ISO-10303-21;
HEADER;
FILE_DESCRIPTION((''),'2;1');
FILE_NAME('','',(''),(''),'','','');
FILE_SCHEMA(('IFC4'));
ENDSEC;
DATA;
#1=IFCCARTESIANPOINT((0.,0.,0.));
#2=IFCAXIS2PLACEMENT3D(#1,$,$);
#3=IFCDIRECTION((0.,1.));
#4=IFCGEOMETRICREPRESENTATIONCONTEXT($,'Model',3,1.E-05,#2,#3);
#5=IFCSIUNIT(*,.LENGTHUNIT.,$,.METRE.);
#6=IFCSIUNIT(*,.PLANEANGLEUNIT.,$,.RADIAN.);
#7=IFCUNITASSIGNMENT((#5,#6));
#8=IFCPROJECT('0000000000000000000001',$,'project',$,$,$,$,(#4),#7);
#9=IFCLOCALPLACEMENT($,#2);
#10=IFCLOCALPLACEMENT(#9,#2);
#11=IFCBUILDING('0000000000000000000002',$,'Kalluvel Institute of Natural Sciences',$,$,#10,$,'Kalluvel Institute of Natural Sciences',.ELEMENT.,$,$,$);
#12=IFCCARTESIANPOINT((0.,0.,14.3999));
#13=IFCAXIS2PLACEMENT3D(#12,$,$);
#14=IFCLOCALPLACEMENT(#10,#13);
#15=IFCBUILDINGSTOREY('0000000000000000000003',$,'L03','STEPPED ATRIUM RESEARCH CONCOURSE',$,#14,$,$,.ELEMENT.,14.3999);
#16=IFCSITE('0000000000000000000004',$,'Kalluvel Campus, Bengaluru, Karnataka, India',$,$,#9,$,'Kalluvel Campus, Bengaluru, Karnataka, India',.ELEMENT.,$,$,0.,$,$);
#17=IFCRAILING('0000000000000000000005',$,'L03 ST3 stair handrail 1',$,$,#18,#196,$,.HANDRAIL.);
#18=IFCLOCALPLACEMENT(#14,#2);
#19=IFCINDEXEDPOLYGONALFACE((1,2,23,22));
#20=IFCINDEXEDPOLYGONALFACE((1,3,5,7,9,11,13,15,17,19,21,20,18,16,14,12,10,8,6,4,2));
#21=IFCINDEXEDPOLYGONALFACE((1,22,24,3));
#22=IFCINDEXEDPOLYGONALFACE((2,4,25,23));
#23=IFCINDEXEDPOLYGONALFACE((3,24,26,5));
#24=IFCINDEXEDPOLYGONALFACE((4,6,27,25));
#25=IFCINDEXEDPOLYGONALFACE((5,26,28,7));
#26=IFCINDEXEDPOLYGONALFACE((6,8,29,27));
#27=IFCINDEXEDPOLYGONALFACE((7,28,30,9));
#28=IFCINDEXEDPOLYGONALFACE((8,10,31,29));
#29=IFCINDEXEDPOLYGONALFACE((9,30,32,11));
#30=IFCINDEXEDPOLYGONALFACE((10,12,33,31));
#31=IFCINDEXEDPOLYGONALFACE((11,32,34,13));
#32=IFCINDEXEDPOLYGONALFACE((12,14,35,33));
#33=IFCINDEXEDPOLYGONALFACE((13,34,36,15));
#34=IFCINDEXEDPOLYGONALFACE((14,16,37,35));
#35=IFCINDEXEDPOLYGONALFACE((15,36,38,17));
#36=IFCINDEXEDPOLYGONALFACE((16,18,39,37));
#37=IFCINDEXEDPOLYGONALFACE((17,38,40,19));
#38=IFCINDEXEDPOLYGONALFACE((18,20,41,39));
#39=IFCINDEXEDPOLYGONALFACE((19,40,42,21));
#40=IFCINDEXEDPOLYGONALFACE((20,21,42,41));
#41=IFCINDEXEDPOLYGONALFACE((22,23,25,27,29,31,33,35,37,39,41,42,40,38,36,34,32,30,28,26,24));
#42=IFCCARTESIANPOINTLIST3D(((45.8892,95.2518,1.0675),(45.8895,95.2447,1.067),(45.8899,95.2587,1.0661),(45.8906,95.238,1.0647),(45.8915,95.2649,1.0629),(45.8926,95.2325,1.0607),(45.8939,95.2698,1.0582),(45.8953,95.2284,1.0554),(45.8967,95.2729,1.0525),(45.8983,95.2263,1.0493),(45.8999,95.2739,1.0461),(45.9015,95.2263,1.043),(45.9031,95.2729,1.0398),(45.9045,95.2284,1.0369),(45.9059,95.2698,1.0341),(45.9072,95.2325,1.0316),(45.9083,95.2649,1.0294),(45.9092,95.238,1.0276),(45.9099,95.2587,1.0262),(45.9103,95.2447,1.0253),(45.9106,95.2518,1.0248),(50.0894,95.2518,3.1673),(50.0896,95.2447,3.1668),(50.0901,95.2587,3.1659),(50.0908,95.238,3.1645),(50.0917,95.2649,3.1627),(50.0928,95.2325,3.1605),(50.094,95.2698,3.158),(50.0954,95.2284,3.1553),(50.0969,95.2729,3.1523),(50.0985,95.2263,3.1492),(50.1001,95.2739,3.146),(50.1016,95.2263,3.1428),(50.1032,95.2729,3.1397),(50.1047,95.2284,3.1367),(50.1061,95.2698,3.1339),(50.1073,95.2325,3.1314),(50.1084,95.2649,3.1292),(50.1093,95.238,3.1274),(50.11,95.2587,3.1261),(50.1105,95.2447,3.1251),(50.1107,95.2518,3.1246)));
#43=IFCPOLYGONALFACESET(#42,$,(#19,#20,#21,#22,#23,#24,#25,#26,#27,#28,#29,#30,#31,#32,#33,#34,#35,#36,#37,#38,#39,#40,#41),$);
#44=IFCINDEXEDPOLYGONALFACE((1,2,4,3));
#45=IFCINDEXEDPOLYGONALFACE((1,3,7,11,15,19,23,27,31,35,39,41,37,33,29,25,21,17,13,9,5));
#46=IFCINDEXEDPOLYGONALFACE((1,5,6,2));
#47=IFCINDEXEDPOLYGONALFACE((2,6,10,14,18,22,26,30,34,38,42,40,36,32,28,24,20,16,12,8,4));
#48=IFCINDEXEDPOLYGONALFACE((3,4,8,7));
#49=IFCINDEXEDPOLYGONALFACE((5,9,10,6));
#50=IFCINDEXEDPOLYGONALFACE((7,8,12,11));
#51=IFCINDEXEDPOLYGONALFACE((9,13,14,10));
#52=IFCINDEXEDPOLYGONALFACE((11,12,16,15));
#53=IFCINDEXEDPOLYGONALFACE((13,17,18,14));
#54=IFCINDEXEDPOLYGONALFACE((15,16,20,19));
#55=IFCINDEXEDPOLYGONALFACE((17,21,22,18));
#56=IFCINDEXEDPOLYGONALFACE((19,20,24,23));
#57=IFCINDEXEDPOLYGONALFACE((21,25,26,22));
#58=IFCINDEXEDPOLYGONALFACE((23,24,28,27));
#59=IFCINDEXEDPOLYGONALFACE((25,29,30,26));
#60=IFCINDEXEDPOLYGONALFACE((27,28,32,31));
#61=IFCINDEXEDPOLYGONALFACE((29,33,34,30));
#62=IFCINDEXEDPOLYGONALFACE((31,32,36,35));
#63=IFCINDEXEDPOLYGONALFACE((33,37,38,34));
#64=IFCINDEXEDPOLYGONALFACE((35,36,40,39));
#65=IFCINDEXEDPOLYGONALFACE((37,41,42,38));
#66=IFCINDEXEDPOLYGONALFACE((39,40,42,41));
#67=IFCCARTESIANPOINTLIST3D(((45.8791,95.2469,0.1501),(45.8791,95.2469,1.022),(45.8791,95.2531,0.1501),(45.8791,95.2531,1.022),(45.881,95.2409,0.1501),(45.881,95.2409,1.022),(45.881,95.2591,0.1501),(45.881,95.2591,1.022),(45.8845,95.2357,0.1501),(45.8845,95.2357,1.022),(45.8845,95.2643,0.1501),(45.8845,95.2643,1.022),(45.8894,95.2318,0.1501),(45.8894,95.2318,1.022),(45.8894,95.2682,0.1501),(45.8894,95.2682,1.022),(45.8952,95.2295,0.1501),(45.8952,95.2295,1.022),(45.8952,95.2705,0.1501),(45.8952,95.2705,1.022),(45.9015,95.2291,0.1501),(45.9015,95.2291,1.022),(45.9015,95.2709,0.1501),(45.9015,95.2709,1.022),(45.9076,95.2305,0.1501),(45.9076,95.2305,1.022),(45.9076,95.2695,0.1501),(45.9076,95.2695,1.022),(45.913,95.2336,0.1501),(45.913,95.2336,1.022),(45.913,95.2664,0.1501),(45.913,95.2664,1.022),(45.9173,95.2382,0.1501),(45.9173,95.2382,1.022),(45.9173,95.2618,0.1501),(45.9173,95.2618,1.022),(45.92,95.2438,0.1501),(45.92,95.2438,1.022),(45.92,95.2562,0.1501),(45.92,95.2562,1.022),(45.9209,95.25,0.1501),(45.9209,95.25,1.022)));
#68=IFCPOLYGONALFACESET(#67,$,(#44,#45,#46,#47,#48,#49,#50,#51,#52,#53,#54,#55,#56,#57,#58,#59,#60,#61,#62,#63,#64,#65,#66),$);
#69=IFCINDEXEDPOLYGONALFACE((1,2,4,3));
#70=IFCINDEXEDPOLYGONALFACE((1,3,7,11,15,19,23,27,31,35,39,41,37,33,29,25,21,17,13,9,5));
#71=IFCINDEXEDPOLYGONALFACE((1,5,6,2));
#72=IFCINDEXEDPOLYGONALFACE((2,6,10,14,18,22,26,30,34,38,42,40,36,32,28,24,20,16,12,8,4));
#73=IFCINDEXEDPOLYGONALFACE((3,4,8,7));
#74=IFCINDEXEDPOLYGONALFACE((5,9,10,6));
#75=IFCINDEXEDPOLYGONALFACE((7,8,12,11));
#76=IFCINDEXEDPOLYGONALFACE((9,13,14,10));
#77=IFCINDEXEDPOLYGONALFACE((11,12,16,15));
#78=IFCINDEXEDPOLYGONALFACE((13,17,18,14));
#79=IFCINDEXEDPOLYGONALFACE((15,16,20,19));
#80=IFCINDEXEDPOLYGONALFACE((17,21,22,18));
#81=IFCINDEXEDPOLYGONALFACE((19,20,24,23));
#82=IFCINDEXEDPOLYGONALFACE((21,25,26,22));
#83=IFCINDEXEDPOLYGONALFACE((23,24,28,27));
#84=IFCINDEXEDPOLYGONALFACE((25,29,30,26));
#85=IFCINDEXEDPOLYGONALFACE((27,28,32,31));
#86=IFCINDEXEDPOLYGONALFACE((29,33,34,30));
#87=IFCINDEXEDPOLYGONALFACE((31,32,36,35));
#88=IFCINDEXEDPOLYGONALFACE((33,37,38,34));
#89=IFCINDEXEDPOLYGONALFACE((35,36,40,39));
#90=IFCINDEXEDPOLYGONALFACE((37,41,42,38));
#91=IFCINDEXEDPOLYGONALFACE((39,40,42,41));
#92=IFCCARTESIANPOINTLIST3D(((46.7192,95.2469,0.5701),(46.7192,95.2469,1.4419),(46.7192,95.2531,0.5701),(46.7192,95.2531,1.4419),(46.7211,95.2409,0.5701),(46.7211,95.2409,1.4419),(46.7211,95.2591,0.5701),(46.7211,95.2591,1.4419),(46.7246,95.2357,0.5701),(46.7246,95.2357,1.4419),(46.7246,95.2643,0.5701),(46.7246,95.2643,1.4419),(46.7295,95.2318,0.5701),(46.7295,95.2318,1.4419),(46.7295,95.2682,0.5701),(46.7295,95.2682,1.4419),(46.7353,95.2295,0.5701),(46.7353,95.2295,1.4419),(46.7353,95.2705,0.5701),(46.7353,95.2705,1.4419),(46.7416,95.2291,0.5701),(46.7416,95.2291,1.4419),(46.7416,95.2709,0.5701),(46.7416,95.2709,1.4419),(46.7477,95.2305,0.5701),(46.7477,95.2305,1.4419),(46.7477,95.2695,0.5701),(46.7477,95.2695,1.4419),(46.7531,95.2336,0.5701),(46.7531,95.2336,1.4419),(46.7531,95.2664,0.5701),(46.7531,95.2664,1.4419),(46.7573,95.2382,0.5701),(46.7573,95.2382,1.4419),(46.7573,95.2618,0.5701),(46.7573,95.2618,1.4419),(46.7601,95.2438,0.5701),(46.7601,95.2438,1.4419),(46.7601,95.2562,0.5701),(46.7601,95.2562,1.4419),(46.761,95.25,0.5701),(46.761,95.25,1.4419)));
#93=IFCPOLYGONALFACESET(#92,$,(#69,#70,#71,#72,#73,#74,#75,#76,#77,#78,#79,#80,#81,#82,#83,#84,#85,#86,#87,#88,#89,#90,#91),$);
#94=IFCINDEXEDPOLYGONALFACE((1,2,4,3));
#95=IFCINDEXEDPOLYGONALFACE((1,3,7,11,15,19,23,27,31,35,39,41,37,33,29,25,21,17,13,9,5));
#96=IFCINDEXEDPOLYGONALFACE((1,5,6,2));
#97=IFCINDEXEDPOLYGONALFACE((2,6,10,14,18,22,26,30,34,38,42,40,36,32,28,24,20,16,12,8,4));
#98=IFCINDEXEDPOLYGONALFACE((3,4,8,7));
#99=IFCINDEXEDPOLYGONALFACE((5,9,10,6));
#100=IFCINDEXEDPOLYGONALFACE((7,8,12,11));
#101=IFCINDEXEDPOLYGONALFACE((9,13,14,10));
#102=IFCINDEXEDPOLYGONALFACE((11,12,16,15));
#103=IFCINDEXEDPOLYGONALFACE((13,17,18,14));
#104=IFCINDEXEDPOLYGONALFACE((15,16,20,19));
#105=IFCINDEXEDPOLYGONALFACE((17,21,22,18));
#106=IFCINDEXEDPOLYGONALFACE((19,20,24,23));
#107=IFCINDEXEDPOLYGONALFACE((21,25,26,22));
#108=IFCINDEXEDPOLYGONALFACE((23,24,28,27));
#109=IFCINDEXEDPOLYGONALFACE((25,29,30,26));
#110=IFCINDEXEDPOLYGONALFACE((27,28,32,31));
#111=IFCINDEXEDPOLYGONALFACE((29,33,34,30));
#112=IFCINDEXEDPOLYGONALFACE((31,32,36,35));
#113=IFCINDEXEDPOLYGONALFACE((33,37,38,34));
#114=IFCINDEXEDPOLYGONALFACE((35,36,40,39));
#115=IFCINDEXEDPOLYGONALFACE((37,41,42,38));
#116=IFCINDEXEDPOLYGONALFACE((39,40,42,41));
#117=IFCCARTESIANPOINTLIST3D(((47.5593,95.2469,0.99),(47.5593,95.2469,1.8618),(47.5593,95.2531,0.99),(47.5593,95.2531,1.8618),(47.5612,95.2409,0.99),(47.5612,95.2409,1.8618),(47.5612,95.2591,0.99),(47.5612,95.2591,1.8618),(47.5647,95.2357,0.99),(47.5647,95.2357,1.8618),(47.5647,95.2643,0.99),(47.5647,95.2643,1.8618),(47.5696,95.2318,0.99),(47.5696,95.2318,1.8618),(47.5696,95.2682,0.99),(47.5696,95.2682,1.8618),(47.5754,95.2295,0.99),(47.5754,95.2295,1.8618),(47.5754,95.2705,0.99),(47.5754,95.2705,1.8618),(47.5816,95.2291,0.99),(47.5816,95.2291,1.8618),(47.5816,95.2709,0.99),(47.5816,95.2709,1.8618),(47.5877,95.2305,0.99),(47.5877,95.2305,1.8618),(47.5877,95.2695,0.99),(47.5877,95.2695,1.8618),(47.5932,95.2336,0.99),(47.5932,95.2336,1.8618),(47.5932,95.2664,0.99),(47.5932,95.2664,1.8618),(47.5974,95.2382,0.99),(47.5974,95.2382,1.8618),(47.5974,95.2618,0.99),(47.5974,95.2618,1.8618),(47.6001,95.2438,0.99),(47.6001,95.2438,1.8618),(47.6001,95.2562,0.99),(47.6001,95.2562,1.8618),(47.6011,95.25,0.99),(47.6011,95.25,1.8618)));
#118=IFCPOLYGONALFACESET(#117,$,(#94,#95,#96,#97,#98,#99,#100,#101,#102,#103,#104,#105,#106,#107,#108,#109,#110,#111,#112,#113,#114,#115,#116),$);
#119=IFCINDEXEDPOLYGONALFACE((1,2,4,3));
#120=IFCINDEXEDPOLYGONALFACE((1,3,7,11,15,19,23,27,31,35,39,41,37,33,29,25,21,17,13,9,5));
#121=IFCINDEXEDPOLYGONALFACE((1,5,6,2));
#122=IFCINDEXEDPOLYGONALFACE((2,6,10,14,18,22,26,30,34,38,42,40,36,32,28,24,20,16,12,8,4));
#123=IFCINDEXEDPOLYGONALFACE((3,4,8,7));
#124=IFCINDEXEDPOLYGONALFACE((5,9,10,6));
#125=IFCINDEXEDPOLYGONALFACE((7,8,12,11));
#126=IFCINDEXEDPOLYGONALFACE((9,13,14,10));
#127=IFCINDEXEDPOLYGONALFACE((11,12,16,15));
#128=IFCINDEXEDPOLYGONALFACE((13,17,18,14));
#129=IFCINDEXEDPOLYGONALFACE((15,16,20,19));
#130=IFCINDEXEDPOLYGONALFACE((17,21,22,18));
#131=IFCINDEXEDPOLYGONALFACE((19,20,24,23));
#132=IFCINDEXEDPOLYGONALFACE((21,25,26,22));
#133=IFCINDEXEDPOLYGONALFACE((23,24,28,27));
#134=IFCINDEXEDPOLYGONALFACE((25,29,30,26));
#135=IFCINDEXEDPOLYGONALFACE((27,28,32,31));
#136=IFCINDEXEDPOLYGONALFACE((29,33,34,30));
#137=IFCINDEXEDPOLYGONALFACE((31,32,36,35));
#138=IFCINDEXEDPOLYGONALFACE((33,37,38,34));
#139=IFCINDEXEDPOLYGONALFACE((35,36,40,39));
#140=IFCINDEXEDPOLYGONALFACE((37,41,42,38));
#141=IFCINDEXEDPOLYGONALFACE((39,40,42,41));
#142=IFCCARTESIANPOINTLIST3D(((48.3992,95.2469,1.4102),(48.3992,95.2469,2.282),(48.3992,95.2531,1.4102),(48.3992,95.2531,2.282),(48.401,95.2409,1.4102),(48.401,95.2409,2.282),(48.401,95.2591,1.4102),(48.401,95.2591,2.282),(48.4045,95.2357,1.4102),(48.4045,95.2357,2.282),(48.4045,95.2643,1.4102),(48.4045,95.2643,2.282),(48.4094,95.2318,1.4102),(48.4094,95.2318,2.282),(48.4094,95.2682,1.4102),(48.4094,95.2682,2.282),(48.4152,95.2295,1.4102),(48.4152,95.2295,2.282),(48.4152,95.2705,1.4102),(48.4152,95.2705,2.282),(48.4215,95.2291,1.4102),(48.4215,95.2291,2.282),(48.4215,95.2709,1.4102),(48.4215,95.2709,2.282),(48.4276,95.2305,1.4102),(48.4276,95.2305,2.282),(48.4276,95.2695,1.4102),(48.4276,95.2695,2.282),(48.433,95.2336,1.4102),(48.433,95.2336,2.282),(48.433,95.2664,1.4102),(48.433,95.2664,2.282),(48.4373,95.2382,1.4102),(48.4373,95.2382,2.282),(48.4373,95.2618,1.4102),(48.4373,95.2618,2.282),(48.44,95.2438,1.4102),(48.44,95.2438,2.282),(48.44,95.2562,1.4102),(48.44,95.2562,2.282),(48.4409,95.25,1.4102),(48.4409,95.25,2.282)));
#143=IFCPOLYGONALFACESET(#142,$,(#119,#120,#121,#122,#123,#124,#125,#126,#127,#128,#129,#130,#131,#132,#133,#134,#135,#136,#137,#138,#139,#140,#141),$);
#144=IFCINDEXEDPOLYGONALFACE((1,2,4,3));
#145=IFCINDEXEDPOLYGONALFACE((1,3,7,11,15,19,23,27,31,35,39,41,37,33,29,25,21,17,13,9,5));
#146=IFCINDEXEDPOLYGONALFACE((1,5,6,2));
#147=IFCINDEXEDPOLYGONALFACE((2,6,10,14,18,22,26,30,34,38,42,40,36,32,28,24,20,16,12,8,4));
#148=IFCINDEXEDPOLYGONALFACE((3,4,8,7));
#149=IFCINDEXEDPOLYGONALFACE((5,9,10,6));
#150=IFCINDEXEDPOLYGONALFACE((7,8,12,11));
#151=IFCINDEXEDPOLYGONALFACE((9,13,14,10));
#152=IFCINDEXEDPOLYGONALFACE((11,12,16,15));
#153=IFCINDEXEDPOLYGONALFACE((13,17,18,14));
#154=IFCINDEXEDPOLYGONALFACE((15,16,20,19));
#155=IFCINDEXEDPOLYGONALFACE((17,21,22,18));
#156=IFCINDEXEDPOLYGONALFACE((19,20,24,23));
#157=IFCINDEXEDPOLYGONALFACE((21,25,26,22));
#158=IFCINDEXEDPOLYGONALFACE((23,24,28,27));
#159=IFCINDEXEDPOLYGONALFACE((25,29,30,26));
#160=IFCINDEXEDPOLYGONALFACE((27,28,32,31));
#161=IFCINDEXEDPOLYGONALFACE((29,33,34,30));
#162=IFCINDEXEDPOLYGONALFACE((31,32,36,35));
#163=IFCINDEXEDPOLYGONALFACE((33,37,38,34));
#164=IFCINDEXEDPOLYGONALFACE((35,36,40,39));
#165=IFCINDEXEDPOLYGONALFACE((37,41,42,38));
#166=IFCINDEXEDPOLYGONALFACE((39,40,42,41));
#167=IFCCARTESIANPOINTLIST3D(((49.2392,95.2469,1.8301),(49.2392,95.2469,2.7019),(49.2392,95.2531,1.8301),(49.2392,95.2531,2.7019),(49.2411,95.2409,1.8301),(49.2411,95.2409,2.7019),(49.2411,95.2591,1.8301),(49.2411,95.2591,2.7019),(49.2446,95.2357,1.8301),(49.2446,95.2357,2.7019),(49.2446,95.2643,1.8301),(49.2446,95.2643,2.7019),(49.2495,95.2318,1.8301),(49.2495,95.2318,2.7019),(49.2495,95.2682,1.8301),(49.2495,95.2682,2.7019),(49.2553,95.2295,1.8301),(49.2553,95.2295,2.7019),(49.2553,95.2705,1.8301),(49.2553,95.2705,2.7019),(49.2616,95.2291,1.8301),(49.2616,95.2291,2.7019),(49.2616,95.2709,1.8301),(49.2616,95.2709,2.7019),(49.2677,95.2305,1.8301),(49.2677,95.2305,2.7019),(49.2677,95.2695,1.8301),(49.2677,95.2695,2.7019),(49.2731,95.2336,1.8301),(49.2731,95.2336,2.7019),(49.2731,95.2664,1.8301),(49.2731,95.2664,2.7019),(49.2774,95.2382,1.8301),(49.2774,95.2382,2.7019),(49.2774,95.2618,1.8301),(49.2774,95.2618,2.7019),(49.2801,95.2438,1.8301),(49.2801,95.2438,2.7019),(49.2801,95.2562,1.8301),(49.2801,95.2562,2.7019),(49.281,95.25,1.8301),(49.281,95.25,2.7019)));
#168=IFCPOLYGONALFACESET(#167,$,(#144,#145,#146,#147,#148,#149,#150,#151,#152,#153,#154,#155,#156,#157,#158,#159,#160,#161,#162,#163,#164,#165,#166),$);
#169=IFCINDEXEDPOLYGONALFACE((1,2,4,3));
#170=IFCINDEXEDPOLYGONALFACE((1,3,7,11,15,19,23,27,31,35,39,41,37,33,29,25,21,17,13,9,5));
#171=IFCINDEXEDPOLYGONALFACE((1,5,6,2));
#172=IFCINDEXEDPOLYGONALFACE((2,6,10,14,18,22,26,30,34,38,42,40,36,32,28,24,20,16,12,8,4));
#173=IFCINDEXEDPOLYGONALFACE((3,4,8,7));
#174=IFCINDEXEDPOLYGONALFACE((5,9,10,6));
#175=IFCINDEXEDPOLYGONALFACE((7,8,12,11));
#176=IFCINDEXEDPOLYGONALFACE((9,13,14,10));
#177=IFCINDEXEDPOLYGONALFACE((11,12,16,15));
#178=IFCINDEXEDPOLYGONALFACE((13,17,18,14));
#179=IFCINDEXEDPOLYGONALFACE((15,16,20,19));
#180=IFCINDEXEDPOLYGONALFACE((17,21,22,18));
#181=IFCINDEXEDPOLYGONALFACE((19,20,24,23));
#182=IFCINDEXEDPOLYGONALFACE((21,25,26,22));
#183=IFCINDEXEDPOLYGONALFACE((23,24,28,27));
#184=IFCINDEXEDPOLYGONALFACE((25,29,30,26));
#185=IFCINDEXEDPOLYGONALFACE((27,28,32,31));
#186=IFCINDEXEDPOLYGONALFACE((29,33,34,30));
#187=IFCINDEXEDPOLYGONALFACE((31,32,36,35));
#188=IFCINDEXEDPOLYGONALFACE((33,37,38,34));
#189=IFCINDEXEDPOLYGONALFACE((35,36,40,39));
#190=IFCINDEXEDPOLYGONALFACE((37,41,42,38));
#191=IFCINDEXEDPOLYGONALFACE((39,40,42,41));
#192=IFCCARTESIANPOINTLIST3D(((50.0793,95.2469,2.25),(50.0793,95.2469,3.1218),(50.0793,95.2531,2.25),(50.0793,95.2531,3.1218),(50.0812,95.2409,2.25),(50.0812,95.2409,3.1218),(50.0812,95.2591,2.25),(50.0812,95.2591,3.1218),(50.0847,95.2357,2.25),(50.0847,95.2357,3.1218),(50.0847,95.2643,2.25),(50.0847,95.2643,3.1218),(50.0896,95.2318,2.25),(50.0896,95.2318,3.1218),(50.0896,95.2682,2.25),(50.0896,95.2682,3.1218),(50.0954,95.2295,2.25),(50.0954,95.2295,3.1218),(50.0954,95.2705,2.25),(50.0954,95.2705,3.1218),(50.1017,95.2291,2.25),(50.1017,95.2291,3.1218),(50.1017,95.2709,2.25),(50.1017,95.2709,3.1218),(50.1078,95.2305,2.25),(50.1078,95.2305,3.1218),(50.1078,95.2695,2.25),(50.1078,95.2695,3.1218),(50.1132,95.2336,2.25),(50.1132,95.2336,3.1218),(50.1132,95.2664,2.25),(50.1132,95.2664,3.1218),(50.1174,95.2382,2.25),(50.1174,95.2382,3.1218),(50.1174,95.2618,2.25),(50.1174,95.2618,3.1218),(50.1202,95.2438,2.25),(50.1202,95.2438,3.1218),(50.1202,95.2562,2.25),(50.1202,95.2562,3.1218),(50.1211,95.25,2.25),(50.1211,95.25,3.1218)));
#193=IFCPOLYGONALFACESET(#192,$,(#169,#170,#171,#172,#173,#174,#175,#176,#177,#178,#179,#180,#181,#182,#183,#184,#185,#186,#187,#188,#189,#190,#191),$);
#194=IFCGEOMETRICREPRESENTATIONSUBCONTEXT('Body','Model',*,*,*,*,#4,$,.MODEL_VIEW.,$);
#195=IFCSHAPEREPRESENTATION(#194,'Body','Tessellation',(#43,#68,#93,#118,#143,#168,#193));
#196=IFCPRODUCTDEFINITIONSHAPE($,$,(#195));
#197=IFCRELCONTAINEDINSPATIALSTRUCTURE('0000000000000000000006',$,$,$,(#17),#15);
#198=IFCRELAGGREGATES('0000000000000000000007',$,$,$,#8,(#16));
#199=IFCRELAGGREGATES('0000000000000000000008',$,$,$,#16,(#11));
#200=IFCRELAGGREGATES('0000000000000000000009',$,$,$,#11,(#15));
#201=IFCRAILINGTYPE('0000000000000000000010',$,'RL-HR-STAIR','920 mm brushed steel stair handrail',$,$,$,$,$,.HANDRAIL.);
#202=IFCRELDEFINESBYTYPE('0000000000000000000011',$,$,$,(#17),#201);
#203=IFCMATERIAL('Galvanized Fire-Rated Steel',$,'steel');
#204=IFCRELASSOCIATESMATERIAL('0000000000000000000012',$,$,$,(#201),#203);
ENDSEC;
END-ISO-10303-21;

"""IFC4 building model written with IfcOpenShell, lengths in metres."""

from ifc_helpers import new_model, si_unit, direction, frame, origin, origin_2d, place, context, subcontext, project, spatial, circle, extrude, material, type_object, element, save


model = new_model("IFC4")

# Units and contexts
model_context = context("Model", 3, precision=1e-05, world=origin(), true_north=direction((0.0, 1.0)))
body_context = subcontext(model_context, "Body", "Model", "MODEL_VIEW")
ifc_project = project(units=[si_unit("LENGTHUNIT", "METRE"), si_unit("PLANEANGLEUNIT", "RADIAN")], contexts=[model_context])

# Site, building, storey
site_placement = place(None, origin())
site = spatial("IfcSite", under=ifc_project, at=site_placement, Name="Kalluvel Campus, Bengaluru, Karnataka, India", LongName="Kalluvel Campus, Bengaluru, Karnataka, India", CompositionType="ELEMENT", RefElevation=0.0)
building_placement = place(site_placement, origin())
building = spatial("IfcBuilding", under=site, at=building_placement, Name="Kalluvel Institute of Natural Sciences", LongName="Kalluvel Institute of Natural Sciences", CompositionType="ELEMENT")
storey_placement = place(building_placement, frame((0.0, 0.0, 14.3999)))
storey = spatial("IfcBuildingStorey", under=building, at=storey_placement, Name="L03", Description="STEPPED ATRIUM RESEARCH CONCOURSE", CompositionType="ELEMENT", Elevation=14.3999)

# Shared definitions
ifc_material_1 = material(Name="Galvanized Fire-Rated Steel", Category="steel")

# Railing
railing_type_1 = type_object("IfcRailingType", Name="RL-HR-STAIR", Description="920 mm brushed steel stair handrail", PredefinedType="HANDRAIL", material=ifc_material_1)
railing_1_placement = place(storey_placement, frame((45.8999, 95.25, 0.1501)))
element("IfcRailing", 1, at=railing_1_placement, inside=storey, type_object=railing_type_1, Name="L03 ST3 stair handrail 1", PredefinedType="HANDRAIL", context=body_context, shape_type="SweptSolid", body=[
    extrude(circle(Radius=0.0239, at=origin_2d()), frame((0.0, 0.0, 0.896), z_axis=(0.894448, 0.0, 0.447172), x_axis=(0.0, 1.0, 0.0)), (0.0, 0.0, 1.0), 4.6958),
    extrude(circle(Radius=0.021, at=origin_2d()), origin(), (0.0, 0.0, 1.0), 0.8718),
    extrude(circle(Radius=0.021, at=origin_2d()), frame((0.8401, 0.0, 0.4199)), (0.0, 0.0, 1.0), 0.8718),
    extrude(circle(Radius=0.021, at=origin_2d()), frame((1.6802, 0.0, 0.8398)), (0.0, 0.0, 1.0), 0.8718),
    extrude(circle(Radius=0.021, at=origin_2d()), frame((2.52, 0.0, 1.26)), (0.0, 0.0, 1.0), 0.8718),
    extrude(circle(Radius=0.021, at=origin_2d()), frame((3.3601, 0.0, 1.6799)), (0.0, 0.0, 1.0), 0.8718),
    extrude(circle(Radius=0.021, at=origin_2d()), frame((4.2002, 0.0, 2.0999)), (0.0, 0.0, 1.0), 0.8718),
])

save(model, "model.ifc")
